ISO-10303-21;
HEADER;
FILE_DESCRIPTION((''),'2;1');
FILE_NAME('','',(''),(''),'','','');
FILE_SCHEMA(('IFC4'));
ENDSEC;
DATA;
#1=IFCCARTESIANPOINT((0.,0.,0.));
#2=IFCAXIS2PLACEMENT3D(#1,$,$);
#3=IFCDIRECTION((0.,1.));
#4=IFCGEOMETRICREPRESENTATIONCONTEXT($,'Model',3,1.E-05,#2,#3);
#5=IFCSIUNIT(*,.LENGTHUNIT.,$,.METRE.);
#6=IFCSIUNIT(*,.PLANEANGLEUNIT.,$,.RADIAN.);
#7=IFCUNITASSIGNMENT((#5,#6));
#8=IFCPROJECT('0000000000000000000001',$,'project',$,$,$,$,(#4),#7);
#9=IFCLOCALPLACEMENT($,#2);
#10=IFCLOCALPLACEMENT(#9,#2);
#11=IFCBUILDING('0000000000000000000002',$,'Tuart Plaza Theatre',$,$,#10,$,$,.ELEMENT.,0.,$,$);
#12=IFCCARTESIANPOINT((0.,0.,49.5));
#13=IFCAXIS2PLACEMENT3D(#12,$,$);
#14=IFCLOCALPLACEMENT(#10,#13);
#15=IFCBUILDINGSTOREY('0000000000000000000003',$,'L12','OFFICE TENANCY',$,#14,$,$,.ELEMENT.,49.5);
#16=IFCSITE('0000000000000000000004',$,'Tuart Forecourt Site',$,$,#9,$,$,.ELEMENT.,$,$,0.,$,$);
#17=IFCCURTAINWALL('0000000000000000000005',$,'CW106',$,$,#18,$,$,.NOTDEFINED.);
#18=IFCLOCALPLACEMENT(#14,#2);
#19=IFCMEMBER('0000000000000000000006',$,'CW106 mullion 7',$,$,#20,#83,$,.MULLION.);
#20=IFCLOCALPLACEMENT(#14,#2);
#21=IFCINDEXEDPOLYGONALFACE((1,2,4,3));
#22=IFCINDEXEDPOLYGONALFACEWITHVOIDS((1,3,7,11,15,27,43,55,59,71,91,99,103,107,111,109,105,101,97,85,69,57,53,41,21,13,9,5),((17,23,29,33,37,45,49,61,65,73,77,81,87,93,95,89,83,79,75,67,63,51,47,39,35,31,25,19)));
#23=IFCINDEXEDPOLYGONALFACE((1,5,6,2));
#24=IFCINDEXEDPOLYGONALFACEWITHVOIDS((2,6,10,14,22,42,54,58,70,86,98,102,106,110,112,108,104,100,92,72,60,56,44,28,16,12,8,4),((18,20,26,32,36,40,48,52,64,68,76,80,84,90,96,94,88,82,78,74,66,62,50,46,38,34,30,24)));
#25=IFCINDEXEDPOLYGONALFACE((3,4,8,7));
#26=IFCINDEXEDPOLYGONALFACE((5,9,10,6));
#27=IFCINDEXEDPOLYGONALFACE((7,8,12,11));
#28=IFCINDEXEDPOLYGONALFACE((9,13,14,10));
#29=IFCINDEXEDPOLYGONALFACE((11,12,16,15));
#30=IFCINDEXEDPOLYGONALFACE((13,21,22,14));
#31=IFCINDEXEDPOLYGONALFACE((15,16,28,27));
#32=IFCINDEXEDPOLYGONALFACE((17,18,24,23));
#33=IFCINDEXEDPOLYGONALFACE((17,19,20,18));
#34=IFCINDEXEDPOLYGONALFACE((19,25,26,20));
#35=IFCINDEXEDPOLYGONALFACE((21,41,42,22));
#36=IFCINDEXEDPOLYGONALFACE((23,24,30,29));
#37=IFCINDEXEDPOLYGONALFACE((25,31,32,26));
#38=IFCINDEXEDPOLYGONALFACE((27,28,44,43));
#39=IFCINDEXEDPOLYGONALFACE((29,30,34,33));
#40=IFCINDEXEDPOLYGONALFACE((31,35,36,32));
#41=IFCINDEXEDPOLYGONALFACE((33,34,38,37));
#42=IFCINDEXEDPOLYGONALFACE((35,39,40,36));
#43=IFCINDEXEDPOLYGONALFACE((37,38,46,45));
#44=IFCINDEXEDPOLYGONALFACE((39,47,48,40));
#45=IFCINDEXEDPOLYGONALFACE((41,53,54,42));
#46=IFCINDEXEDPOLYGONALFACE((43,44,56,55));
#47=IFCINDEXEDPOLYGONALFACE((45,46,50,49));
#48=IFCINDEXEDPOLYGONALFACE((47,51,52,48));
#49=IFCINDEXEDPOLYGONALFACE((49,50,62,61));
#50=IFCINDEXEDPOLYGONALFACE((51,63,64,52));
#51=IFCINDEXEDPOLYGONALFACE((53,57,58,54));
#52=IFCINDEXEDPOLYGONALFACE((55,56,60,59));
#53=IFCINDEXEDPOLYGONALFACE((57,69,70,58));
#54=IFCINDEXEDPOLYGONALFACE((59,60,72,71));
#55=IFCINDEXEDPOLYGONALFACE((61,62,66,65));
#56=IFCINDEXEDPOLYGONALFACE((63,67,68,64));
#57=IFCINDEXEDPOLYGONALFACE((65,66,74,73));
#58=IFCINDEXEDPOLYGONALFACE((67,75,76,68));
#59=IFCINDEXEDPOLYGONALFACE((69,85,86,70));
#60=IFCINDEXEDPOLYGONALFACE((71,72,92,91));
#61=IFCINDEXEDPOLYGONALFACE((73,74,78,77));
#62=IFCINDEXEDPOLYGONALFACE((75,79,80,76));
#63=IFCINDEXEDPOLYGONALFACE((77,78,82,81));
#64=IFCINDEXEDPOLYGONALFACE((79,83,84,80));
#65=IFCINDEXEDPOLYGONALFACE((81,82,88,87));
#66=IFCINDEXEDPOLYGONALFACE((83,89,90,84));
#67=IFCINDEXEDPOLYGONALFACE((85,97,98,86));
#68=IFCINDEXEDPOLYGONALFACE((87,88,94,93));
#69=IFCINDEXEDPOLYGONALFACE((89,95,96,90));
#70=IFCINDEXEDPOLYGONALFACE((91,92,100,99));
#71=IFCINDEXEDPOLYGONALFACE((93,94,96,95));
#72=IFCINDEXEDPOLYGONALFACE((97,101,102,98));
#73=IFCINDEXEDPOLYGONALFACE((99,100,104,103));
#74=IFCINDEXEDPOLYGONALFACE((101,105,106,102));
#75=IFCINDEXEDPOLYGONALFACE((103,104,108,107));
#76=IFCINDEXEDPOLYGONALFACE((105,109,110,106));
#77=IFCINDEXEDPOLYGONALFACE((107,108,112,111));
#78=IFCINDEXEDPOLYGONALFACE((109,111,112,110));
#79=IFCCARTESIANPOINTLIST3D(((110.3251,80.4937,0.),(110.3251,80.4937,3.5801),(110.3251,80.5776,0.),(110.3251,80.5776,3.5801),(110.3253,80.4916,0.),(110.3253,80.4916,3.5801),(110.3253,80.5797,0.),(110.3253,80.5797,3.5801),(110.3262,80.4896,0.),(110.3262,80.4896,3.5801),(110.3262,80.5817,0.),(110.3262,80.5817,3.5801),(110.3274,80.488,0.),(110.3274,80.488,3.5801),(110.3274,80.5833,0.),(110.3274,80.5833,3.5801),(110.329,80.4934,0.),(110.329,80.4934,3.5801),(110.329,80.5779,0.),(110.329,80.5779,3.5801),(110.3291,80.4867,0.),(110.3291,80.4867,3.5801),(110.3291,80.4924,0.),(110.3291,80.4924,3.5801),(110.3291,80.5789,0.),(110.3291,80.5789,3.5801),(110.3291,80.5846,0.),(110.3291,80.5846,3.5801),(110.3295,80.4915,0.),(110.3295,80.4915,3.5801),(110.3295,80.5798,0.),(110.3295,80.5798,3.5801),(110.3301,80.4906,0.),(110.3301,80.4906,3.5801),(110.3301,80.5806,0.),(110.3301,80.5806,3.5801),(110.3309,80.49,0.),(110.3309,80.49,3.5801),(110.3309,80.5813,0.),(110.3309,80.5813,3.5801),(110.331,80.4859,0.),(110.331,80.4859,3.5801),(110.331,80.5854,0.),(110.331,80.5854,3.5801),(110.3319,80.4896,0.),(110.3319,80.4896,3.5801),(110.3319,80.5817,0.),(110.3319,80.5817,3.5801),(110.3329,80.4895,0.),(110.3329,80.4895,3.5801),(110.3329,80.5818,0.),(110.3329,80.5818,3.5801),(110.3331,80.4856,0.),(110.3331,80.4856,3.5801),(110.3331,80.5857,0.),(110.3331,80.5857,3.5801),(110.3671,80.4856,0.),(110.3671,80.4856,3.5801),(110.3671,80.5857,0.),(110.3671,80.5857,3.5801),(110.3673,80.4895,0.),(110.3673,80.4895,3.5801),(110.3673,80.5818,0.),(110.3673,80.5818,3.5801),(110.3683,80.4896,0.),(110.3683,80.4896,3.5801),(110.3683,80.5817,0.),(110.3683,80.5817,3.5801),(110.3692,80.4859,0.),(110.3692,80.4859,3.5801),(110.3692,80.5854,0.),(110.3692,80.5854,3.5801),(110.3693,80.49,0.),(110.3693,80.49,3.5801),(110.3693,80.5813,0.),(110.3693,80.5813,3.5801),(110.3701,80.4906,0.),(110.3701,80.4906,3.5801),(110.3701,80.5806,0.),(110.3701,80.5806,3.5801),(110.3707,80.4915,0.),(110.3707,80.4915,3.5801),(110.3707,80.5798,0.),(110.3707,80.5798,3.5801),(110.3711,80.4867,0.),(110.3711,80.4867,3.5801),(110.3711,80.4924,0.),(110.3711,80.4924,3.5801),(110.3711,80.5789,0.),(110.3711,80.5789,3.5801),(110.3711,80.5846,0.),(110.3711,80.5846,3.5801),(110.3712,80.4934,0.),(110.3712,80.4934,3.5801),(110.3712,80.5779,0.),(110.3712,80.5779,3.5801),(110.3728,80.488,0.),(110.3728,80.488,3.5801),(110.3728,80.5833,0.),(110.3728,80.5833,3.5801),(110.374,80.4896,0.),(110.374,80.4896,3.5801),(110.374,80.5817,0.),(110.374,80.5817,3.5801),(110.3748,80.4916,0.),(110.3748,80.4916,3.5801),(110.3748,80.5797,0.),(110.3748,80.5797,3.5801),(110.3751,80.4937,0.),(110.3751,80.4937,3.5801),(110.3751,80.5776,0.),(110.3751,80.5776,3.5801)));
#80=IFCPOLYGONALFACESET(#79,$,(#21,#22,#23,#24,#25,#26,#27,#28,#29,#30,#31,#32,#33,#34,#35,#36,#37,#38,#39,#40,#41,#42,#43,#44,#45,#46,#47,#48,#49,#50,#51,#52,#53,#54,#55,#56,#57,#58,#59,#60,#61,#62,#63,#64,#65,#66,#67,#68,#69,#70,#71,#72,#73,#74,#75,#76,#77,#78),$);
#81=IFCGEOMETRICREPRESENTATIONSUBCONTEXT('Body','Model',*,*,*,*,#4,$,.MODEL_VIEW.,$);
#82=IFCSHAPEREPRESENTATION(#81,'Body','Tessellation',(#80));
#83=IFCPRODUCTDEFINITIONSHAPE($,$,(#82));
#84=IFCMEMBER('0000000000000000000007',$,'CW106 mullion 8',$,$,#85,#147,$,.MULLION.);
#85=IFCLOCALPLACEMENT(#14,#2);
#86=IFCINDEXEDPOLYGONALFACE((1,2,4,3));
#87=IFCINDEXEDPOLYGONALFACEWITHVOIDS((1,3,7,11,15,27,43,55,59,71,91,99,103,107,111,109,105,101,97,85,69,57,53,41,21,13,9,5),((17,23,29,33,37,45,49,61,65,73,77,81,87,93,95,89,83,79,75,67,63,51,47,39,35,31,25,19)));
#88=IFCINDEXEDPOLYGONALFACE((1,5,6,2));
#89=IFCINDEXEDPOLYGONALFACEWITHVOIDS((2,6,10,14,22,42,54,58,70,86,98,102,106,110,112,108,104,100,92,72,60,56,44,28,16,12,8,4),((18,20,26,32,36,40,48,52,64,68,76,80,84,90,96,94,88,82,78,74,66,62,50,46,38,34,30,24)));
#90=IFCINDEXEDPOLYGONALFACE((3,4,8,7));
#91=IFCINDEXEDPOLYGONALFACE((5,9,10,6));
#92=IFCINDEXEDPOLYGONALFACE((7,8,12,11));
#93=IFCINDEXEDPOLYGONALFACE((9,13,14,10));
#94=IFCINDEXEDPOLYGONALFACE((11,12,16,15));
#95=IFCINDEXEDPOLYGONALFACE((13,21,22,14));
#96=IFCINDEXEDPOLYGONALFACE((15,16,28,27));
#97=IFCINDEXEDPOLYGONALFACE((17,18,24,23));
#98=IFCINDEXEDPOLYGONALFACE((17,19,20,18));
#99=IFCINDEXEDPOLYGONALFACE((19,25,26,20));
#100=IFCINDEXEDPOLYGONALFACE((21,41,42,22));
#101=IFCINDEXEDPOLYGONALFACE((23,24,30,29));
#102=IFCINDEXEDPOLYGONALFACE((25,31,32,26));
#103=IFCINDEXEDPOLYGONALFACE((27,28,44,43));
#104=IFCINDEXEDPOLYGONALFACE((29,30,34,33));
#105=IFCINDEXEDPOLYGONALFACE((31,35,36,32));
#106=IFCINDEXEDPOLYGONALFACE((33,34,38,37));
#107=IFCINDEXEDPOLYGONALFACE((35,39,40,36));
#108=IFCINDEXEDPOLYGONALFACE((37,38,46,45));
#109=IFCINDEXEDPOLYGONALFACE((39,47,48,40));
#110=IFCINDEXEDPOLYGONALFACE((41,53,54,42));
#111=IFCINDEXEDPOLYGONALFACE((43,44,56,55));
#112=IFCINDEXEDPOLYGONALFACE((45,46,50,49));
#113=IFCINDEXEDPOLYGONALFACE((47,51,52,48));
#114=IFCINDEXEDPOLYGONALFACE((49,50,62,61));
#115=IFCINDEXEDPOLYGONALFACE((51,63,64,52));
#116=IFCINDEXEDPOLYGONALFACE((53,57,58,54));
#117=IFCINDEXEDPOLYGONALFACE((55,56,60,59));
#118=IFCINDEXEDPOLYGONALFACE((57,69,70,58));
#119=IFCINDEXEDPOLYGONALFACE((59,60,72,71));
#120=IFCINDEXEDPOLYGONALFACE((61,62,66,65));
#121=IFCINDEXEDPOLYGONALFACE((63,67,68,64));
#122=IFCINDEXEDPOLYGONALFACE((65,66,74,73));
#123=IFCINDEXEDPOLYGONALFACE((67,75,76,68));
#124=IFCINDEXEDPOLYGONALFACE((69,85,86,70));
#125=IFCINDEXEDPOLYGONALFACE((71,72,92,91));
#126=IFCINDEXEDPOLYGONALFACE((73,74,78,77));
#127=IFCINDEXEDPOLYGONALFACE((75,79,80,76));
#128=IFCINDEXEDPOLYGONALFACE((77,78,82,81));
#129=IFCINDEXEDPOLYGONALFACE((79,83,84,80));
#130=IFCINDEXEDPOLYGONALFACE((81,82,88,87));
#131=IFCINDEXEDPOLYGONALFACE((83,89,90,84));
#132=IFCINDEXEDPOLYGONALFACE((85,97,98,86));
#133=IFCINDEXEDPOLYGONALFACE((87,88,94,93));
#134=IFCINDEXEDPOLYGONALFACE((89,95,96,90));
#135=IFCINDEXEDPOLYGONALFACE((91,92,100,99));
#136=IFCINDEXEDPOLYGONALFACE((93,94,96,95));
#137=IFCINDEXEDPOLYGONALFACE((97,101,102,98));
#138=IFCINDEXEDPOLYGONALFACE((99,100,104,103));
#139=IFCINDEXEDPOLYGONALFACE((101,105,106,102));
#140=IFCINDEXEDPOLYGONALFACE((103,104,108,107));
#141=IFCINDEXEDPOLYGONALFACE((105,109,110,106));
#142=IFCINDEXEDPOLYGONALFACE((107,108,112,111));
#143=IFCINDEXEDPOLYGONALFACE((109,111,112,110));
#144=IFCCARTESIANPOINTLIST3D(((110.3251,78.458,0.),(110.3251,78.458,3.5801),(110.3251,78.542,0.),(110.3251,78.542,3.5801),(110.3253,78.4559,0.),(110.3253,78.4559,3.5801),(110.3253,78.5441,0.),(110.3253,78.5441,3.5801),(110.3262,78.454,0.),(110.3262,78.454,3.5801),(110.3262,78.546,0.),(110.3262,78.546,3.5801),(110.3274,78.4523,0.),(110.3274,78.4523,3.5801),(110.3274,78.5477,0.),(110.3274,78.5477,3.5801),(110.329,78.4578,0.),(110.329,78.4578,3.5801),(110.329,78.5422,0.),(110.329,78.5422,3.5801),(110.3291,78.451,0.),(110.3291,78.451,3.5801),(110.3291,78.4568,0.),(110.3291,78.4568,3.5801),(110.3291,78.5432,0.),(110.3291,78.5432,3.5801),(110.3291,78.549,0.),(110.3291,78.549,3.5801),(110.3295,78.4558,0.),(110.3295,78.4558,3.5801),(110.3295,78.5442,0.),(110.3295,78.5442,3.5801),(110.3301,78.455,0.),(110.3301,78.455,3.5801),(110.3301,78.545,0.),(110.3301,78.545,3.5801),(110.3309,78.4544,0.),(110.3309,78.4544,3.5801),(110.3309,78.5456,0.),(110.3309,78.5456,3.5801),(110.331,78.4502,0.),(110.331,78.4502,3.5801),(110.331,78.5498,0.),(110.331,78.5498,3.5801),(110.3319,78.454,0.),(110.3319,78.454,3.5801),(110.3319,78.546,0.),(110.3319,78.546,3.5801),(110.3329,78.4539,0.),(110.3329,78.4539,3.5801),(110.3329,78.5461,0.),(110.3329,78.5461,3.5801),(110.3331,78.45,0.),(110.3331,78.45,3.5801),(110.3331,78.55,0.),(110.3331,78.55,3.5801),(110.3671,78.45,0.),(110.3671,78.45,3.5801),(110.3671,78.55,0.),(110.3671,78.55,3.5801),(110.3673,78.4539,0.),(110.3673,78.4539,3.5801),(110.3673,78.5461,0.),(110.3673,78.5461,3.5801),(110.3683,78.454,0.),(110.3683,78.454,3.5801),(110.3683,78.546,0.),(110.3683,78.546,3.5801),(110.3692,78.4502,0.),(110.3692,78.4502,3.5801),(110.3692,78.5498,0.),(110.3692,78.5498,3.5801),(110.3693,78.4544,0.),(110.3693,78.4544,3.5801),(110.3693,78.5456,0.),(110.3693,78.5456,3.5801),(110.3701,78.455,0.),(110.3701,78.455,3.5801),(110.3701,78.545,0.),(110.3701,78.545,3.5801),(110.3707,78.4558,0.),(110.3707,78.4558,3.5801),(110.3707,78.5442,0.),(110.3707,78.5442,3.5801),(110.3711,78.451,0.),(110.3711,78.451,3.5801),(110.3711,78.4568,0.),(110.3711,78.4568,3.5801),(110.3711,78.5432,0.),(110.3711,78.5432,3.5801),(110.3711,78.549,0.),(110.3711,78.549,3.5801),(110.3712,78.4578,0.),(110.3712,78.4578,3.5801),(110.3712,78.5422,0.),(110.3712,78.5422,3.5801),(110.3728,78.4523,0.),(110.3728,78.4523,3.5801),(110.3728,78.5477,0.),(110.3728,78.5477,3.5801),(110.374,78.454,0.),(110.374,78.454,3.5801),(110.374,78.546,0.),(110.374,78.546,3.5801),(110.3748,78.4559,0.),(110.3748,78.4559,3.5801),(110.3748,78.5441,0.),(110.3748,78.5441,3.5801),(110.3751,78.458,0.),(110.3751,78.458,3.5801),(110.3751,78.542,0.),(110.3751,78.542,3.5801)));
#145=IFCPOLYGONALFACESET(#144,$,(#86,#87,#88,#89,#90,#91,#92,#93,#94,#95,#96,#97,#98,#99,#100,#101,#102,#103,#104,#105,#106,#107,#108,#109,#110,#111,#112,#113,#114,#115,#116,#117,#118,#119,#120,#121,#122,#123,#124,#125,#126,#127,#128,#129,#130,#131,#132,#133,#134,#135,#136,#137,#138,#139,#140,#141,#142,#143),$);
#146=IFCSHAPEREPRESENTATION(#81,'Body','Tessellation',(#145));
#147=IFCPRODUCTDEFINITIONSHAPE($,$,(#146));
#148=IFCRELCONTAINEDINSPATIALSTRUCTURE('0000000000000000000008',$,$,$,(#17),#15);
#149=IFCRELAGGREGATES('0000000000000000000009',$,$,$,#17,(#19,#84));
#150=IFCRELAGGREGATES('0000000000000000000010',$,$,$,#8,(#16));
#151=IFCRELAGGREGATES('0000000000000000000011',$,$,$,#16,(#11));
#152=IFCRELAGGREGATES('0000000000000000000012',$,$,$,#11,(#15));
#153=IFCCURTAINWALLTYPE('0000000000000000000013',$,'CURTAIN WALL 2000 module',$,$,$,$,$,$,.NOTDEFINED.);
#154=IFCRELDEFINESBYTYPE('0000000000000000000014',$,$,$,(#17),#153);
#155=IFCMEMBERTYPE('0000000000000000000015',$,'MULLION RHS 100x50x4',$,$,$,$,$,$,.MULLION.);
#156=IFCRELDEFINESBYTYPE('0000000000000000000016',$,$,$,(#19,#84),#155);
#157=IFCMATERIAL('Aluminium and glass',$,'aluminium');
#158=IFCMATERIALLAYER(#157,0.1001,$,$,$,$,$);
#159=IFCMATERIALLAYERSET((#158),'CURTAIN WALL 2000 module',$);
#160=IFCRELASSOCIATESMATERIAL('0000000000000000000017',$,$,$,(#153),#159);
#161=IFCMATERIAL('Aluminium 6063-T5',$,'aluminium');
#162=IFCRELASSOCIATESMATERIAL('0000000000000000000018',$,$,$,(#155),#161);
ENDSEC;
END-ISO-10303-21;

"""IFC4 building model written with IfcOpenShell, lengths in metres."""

from ifc_helpers import new_model, si_unit, direction, frame, origin, origin_2d, place, context, subcontext, project, spatial, hollow_rectangle, extrude, material, layer, layer_set, material_profile, profile_set, type_object, element, aggregate, save


model = new_model("IFC4")

# Units and contexts
model_context = context("Model", 3, precision=1e-05, world=origin(), true_north=direction((0.0, 1.0)))
body_context = subcontext(model_context, "Body", "Model", "MODEL_VIEW")
ifc_project = project(units=[si_unit("LENGTHUNIT", "METRE"), si_unit("PLANEANGLEUNIT", "RADIAN")], contexts=[model_context])

# Site, building, storey
site_placement = place(None, origin())
site = spatial("IfcSite", under=ifc_project, at=site_placement, Name="Tuart Forecourt Site", CompositionType="ELEMENT", RefElevation=0.0)
building_placement = place(site_placement, origin())
building = spatial("IfcBuilding", under=site, at=building_placement, Name="Tuart Plaza Theatre", CompositionType="ELEMENT", ElevationOfRefHeight=0.0)
storey_placement = place(building_placement, frame((0.0, 0.0, 49.5)))
storey = spatial("IfcBuildingStorey", under=building, at=storey_placement, Name="L12", Description="OFFICE TENANCY", CompositionType="ELEMENT", Elevation=49.5)

# Curtain wall, members
ifc_material_1 = material(Name="Aluminium and glass", Category="aluminium")
ifc_layer_1 = layer(ifc_material_1, 0.1001)
ifc_layer_set_1 = layer_set([ifc_layer_1], Name="CURTAIN WALL 2000 module")
curtain_wall_type = type_object("IfcCurtainWallType", Name="CURTAIN WALL 2000 module", PredefinedType="NOTDEFINED", material=ifc_layer_set_1)
curtain_wall_placement = place(storey_placement, origin())
curtain_wall = element("IfcCurtainWall", 1, at=curtain_wall_placement, inside=storey, type_object=curtain_wall_type, Name="CW106", PredefinedType="NOTDEFINED")
ifc_material_2 = material(Name="Aluminium 6063-T5", Category="aluminium")
ifc_material_profile_1 = material_profile(ifc_material_2, hollow_rectangle(XDim=0.05, YDim=0.1001, WallThickness=0.0039, InnerFilletRadius=0.0039, OuterFilletRadius=0.0081, at=origin_2d()), Name="RHS 100x50x4")
ifc_profile_set_1 = profile_set([ifc_material_profile_1], Name="Aluminium 6063-T5")
member_type_1 = type_object("IfcMemberType", Name="MULLION RHS 100x50x4", PredefinedType="MULLION", material=ifc_profile_set_1)
member_1_placement = place(storey_placement, frame((110.3501, 80.5356, 0.0), z_axis=(0.0, 0.0, 1.0), x_axis=(1.0, 0.0, 0.0)))
member_1 = element("IfcMember", 2, at=member_1_placement, type_object=member_type_1, Name="CW106 mullion 7", PredefinedType="MULLION", context=body_context, shape_type="SweptSolid", body=[
    extrude(hollow_rectangle(XDim=0.05, YDim=0.1001, WallThickness=0.0039, InnerFilletRadius=0.0039, OuterFilletRadius=0.0081, at=origin_2d()), origin(), (0.0, 0.0, 1.0), 3.5801),
])
member_2_placement = place(storey_placement, frame((110.3501, 78.5, 0.0), z_axis=(0.0, 0.0, 1.0), x_axis=(1.0, 0.0, 0.0)))
member_2 = element("IfcMember", 3, at=member_2_placement, type_object=member_type_1, Name="CW106 mullion 8", PredefinedType="MULLION", context=body_context, shape_type="SweptSolid", body=[
    extrude(hollow_rectangle(XDim=0.05, YDim=0.1001, WallThickness=0.0039, InnerFilletRadius=0.0039, OuterFilletRadius=0.0081, at=origin_2d()), origin(), (0.0, 0.0, 1.0), 3.5801),
])
aggregate(curtain_wall, [member_1, member_2])

save(model, "model.ifc")
